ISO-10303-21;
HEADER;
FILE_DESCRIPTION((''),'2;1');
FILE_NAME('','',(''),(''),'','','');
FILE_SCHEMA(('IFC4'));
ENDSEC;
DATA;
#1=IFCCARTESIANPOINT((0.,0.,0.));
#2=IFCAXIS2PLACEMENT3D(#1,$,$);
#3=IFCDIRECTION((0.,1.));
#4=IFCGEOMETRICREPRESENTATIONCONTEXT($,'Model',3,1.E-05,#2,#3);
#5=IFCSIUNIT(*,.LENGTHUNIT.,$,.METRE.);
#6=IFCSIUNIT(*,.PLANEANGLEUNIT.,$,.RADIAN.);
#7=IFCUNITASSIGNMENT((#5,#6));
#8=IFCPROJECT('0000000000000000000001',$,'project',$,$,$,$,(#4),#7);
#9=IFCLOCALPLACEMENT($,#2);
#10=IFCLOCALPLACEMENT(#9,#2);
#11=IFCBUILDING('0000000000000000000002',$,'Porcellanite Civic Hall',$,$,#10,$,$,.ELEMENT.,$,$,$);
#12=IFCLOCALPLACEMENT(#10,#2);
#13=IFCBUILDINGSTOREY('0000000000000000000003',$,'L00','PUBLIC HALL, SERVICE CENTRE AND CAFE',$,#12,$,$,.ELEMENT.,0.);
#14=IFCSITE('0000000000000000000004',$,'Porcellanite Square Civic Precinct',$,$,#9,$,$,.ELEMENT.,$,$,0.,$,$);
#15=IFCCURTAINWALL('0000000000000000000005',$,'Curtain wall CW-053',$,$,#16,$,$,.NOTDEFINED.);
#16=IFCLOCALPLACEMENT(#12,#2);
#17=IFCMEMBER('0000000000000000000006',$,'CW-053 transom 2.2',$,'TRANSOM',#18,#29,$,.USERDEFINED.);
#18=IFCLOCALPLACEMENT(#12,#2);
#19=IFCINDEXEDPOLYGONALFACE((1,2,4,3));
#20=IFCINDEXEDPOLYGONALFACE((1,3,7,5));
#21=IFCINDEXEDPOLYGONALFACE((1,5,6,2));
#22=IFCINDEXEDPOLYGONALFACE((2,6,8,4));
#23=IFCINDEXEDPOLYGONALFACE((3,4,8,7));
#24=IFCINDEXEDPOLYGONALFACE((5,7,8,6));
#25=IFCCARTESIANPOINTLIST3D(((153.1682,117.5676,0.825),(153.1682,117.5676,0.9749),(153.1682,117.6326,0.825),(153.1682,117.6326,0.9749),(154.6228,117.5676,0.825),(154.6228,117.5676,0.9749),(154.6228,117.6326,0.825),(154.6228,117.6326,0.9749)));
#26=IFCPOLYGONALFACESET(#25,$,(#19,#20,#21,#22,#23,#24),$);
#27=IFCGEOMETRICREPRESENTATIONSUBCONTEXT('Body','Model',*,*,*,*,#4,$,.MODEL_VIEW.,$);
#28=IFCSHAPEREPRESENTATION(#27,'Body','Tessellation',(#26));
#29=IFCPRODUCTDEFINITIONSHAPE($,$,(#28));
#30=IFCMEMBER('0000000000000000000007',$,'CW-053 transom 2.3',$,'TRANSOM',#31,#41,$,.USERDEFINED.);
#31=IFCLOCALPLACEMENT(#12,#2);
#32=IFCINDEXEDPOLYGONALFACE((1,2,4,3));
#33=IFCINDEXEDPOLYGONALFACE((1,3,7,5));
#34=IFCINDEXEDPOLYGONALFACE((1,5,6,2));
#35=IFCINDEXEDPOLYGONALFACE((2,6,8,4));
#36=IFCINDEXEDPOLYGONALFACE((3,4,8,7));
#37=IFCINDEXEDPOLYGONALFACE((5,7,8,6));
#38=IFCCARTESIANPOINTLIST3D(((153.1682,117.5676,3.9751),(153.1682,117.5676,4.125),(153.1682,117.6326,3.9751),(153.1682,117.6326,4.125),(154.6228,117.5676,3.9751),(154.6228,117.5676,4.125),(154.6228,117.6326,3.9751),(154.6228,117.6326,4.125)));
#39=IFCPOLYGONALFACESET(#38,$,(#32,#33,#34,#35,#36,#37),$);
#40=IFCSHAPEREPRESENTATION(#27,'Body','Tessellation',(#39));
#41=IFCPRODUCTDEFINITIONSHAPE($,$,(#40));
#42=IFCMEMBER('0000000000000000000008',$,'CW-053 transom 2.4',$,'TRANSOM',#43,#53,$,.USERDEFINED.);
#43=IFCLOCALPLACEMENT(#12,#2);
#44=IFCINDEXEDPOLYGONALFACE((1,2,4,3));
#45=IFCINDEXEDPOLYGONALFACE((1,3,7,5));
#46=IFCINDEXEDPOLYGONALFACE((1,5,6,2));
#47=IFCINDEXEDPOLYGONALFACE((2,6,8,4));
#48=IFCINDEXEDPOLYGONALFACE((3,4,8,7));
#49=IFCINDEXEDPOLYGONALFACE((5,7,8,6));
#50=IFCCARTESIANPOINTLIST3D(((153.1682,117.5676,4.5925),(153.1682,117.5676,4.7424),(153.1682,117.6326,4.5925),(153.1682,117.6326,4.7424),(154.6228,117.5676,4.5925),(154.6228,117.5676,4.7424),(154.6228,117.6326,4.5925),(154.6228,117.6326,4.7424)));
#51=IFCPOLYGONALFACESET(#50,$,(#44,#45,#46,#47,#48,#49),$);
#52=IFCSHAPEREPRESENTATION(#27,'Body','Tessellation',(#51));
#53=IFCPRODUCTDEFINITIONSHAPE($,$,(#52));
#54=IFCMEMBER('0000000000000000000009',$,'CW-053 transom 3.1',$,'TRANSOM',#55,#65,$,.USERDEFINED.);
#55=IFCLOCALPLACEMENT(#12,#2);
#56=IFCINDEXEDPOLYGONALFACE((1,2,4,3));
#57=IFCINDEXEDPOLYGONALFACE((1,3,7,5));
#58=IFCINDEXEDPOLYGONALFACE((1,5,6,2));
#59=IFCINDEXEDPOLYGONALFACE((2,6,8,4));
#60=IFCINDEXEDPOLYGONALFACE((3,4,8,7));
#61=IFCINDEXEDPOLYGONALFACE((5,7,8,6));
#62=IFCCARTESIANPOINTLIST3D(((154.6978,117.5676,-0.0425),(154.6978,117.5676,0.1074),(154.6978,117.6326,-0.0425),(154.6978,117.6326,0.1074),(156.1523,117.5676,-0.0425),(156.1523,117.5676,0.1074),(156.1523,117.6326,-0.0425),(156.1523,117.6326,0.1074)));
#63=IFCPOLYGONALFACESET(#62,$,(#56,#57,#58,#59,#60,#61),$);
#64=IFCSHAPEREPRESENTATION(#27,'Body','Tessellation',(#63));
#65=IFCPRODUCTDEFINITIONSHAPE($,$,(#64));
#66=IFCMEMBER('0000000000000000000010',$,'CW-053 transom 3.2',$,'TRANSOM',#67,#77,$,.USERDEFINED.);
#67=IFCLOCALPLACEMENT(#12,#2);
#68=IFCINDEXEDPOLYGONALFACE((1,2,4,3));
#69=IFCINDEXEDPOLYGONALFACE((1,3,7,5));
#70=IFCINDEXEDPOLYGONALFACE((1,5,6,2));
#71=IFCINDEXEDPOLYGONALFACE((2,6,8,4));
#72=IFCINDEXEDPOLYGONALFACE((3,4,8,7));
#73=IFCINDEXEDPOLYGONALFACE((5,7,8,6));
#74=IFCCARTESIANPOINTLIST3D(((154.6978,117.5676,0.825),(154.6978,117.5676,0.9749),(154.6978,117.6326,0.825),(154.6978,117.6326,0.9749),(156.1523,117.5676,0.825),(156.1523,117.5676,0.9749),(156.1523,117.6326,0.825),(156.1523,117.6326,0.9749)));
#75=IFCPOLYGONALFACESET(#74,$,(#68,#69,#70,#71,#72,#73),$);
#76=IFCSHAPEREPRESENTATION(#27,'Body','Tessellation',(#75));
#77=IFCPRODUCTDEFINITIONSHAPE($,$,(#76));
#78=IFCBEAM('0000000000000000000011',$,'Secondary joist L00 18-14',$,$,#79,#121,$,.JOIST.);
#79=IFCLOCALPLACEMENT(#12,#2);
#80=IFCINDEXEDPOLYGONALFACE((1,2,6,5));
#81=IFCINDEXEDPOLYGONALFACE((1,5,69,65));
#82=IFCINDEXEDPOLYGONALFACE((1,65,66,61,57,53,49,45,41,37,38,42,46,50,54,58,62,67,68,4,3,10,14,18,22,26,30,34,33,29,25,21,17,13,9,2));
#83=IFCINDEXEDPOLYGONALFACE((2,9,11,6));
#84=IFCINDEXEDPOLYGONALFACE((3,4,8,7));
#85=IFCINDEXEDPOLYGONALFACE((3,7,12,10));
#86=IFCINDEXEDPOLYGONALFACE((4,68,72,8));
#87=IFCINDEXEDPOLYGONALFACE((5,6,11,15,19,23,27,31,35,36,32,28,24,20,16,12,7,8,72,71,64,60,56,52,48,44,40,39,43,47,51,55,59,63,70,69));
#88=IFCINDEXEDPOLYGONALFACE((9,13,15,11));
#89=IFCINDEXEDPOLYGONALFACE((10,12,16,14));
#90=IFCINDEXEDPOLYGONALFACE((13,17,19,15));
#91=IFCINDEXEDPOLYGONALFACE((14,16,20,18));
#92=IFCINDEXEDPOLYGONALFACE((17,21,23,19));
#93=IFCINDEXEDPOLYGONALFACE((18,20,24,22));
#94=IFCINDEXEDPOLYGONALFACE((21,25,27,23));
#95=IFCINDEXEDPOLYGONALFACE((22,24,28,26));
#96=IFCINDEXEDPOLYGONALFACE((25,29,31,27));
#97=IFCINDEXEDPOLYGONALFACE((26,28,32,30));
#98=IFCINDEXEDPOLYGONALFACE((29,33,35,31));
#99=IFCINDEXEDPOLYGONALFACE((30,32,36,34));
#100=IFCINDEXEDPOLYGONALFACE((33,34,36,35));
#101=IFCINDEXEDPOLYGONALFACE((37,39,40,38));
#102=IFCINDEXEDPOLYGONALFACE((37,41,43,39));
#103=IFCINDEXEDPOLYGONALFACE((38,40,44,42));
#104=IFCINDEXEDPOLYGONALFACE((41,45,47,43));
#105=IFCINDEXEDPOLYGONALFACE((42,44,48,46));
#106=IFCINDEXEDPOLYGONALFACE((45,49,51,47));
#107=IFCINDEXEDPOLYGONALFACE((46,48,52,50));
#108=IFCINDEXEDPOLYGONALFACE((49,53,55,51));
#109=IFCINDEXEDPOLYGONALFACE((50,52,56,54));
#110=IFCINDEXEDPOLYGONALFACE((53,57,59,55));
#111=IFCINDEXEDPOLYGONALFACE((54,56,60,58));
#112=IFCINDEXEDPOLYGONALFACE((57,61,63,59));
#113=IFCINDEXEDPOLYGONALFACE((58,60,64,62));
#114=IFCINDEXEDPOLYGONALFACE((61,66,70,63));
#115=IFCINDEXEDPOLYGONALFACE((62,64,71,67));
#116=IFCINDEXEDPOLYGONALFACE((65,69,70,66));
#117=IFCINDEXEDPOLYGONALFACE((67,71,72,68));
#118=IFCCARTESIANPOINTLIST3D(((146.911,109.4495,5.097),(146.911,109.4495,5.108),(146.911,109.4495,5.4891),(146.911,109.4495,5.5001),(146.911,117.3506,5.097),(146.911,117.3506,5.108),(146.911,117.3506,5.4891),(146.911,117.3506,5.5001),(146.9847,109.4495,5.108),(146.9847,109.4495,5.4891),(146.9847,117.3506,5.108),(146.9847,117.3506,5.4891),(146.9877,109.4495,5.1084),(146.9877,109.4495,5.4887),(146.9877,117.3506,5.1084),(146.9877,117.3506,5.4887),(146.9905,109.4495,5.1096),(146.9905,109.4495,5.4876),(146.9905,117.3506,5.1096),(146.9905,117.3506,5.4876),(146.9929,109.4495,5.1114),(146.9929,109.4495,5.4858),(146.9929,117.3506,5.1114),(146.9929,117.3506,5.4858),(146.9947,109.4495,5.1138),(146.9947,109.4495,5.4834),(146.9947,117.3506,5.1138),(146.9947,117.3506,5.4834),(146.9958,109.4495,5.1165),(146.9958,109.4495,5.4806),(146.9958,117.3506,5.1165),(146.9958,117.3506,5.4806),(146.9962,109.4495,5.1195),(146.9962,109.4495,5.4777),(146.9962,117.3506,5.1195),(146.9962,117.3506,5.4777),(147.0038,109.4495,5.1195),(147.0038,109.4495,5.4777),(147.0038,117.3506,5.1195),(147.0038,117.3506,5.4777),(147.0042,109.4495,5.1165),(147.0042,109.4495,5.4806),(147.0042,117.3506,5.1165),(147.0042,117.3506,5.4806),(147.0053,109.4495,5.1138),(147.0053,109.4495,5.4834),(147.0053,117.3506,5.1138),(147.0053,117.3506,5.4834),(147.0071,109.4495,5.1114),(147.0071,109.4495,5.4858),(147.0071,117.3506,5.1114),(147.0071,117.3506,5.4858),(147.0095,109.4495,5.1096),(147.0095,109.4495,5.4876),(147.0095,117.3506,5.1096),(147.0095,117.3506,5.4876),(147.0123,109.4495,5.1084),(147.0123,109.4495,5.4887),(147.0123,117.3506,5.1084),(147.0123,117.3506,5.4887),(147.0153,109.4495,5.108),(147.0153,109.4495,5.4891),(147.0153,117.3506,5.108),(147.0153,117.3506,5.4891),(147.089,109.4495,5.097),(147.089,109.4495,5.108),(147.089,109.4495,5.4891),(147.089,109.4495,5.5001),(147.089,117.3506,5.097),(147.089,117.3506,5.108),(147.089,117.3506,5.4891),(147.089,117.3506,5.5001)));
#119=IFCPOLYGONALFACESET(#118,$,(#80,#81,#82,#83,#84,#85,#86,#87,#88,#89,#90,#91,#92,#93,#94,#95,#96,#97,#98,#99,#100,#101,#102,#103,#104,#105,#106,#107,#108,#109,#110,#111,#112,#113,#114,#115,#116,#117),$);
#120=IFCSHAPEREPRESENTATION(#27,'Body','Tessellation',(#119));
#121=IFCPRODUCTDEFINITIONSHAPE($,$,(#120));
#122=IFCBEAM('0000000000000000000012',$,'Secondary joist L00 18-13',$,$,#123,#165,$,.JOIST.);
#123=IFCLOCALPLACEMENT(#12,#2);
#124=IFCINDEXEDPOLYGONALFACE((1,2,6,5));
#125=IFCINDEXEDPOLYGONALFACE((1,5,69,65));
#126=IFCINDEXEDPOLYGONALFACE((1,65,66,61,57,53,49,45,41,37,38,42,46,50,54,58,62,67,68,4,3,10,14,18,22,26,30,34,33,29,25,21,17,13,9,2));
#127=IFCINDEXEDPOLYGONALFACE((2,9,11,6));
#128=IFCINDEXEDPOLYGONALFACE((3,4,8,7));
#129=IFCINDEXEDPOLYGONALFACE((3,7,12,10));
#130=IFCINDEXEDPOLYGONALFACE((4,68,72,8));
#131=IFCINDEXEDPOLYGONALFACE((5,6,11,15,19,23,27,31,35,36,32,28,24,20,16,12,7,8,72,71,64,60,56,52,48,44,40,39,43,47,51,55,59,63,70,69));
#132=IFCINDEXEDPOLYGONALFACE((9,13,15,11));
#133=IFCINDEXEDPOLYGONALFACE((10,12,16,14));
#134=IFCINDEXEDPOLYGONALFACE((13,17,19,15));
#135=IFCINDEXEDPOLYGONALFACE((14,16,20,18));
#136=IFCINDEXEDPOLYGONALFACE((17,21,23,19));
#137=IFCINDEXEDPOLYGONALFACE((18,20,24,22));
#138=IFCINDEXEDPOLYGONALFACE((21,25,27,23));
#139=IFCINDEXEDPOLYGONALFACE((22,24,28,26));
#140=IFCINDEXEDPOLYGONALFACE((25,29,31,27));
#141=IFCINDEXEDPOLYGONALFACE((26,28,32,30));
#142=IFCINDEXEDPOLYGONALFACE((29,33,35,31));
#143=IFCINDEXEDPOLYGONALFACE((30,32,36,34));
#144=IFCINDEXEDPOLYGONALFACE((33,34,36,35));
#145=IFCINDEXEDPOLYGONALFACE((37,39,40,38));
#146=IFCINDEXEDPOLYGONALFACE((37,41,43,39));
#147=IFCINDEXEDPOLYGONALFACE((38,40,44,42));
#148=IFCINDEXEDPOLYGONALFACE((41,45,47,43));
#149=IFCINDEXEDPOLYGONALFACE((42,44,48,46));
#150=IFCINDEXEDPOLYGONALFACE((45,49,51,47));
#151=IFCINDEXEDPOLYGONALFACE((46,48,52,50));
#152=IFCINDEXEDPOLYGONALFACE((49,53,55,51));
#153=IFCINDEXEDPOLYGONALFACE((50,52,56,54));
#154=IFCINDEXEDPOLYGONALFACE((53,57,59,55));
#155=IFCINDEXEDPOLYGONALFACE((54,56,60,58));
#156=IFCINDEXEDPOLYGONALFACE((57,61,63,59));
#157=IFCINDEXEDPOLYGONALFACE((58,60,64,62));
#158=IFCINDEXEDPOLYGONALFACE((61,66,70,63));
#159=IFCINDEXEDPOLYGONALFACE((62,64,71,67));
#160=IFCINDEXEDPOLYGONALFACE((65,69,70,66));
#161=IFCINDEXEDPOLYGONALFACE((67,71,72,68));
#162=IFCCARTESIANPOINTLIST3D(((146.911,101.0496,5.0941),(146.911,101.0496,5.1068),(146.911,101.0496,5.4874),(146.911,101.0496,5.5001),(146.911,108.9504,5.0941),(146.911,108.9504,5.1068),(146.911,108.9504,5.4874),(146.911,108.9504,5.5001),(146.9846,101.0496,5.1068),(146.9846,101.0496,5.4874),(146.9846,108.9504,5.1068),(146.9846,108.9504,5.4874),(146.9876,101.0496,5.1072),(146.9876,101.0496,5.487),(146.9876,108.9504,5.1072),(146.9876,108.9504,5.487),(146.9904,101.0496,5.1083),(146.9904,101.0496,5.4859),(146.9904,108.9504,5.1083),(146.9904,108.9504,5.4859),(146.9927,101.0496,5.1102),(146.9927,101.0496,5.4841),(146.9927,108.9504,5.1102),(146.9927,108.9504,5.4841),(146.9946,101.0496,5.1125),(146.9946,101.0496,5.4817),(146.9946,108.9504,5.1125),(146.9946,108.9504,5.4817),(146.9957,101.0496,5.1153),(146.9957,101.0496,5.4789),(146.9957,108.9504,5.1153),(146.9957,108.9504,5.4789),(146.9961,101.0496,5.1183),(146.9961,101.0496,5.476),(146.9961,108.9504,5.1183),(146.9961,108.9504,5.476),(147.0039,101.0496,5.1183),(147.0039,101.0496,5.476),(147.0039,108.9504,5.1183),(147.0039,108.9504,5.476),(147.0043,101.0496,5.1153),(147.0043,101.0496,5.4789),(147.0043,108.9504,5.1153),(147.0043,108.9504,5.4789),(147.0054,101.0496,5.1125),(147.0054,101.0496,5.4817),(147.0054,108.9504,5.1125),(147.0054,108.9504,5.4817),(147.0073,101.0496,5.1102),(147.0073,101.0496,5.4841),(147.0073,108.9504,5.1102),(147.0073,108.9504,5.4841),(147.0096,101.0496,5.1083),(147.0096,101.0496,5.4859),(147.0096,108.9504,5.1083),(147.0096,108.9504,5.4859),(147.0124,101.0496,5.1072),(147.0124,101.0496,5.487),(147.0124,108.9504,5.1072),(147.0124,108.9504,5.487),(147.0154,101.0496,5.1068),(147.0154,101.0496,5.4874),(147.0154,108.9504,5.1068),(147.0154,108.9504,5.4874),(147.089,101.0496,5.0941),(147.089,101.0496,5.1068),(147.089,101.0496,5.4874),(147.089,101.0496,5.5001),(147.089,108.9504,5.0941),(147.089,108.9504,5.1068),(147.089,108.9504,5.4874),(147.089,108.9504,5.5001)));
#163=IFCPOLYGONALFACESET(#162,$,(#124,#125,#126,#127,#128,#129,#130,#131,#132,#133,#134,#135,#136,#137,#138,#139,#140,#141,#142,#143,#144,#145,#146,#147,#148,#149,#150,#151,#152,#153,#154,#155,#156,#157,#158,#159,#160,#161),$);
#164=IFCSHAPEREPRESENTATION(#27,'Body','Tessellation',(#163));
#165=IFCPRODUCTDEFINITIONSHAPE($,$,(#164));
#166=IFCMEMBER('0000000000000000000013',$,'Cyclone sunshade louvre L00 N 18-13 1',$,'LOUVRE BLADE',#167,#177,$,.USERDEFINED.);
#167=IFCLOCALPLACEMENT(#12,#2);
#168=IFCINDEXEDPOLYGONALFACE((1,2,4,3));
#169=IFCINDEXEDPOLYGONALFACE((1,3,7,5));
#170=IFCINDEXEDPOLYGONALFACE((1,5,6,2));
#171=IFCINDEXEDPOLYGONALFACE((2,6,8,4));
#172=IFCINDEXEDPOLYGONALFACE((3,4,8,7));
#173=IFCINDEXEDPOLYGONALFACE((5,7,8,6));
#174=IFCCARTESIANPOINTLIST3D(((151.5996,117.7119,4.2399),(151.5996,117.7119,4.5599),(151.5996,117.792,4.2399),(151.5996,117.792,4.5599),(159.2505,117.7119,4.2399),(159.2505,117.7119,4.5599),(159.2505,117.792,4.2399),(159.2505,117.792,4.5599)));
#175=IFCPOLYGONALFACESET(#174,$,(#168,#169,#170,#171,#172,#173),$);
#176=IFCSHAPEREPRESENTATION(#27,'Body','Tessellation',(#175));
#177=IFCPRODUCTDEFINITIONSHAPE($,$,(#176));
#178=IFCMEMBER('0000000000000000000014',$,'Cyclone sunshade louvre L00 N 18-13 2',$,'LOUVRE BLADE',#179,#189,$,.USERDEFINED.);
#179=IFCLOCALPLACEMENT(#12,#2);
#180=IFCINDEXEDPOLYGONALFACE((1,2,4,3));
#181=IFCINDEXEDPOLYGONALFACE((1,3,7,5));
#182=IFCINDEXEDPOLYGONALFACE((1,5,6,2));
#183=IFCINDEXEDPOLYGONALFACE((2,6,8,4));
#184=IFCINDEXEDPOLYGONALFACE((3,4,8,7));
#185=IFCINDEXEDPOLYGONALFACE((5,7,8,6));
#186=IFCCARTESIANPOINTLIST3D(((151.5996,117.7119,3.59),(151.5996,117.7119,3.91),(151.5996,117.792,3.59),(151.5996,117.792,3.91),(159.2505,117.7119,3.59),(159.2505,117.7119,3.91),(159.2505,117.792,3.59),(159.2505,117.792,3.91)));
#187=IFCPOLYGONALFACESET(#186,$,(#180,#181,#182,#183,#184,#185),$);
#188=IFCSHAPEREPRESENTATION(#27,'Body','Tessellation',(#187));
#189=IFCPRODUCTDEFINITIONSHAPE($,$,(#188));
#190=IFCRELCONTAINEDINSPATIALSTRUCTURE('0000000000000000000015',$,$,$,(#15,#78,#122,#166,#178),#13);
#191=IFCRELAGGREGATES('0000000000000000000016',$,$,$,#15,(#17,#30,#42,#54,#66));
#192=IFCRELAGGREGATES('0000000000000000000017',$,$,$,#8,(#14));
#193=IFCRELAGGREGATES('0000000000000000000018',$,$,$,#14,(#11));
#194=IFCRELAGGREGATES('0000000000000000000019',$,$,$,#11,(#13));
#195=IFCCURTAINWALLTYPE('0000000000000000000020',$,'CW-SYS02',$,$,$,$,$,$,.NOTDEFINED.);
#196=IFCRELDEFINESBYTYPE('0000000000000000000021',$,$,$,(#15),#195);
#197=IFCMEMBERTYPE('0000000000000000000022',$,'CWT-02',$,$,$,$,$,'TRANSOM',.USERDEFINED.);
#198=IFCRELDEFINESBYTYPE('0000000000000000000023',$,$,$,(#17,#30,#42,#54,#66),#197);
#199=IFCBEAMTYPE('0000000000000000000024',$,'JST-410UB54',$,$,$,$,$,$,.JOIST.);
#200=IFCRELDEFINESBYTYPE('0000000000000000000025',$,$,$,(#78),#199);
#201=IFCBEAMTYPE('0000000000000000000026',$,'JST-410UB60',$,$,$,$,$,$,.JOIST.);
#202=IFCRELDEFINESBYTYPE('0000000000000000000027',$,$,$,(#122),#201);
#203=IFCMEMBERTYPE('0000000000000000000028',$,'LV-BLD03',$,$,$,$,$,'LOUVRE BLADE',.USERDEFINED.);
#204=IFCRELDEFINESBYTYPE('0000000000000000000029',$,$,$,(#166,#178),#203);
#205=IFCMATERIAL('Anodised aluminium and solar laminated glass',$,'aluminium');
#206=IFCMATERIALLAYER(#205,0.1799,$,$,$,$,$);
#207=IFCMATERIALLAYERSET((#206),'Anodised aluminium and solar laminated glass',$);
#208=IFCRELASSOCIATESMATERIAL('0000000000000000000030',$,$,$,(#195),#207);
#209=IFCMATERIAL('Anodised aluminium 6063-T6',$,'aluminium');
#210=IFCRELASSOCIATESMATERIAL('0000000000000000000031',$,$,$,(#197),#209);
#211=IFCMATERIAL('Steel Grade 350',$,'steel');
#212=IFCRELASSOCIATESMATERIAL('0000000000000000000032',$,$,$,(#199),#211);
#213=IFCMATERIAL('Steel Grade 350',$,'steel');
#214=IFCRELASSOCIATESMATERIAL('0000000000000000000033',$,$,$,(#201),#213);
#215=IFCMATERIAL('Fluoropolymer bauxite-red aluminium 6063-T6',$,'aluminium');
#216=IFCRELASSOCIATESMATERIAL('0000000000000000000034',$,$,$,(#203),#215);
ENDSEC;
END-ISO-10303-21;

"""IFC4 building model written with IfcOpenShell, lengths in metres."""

from ifc_helpers import new_model, si_unit, direction, frame, origin, origin_2d, place, context, subcontext, project, spatial, rectangle, i_section, extrude, material, layer, layer_set, material_profile, profile_set, type_object, element, aggregate, save


model = new_model("IFC4")

# Units and contexts
model_context = context("Model", 3, precision=1e-05, world=origin(), true_north=direction((0.0, 1.0)))
body_context = subcontext(model_context, "Body", "Model", "MODEL_VIEW")
ifc_project = project(units=[si_unit("LENGTHUNIT", "METRE"), si_unit("PLANEANGLEUNIT", "RADIAN")], contexts=[model_context])

# Site, building, storey
site_placement = place(None, origin())
site = spatial("IfcSite", under=ifc_project, at=site_placement, Name="Porcellanite Square Civic Precinct", CompositionType="ELEMENT", RefElevation=0.0)
building_placement = place(site_placement, origin())
building = spatial("IfcBuilding", under=site, at=building_placement, Name="Porcellanite Civic Hall", CompositionType="ELEMENT")
storey_placement = place(building_placement, origin())
storey = spatial("IfcBuildingStorey", under=building, at=storey_placement, Name="L00", Description="PUBLIC HALL, SERVICE CENTRE AND CAFE", CompositionType="ELEMENT", Elevation=0.0)

# Curtain wall, members
ifc_material_1 = material(Name="Anodised aluminium and solar laminated glass", Category="aluminium")
ifc_layer_1 = layer(ifc_material_1, 0.1799)
ifc_layer_set_1 = layer_set([ifc_layer_1], Name="Anodised aluminium and solar laminated glass")
curtain_wall_type = type_object("IfcCurtainWallType", Name="CW-SYS02", PredefinedType="NOTDEFINED", material=ifc_layer_set_1)
curtain_wall_placement = place(storey_placement, origin())
curtain_wall = element("IfcCurtainWall", 1, at=curtain_wall_placement, inside=storey, type_object=curtain_wall_type, Name="Curtain wall CW-053", PredefinedType="NOTDEFINED")
ifc_material_2 = material(Name="Anodised aluminium 6063-T6", Category="aluminium")
ifc_material_profile_1 = material_profile(ifc_material_2, rectangle(XDim=0.0649, YDim=0.1499, at=origin_2d()), Name="AL-65x150")
ifc_profile_set_1 = profile_set([ifc_material_profile_1], Name="Anodised aluminium 6063-T6")
member_type_1 = type_object("IfcMemberType", Name="CWT-02", ElementType="TRANSOM", PredefinedType="USERDEFINED", material=ifc_profile_set_1)
member_1_placement = place(storey_placement, frame((153.1682, 117.6001, 0.8999), z_axis=(1.0, 0.0, 0.0), x_axis=(0.0, 1.0, 0.0)))
member_1 = element("IfcMember", 2, at=member_1_placement, type_object=member_type_1, Name="CW-053 transom 2.2", ObjectType="TRANSOM", PredefinedType="USERDEFINED", context=body_context, shape_type="SweptSolid", body=[
    extrude(rectangle(XDim=0.0649, YDim=0.1499, at=origin_2d()), origin(), (0.0, 0.0, 1.0), 1.4546),
])
member_2_placement = place(storey_placement, frame((153.1682, 117.6001, 4.05), z_axis=(1.0, 0.0, 0.0), x_axis=(0.0, 1.0, 0.0)))
member_2 = element("IfcMember", 3, at=member_2_placement, type_object=member_type_1, Name="CW-053 transom 2.3", ObjectType="TRANSOM", PredefinedType="USERDEFINED", context=body_context, shape_type="SweptSolid", body=[
    extrude(rectangle(XDim=0.0649, YDim=0.1499, at=origin_2d()), origin(), (0.0, 0.0, 1.0), 1.4546),
])
member_3_placement = place(storey_placement, frame((153.1682, 117.6001, 4.6675), z_axis=(1.0, 0.0, 0.0), x_axis=(0.0, 1.0, 0.0)))
member_3 = element("IfcMember", 4, at=member_3_placement, type_object=member_type_1, Name="CW-053 transom 2.4", ObjectType="TRANSOM", PredefinedType="USERDEFINED", context=body_context, shape_type="SweptSolid", body=[
    extrude(rectangle(XDim=0.0649, YDim=0.1499, at=origin_2d()), origin(), (0.0, 0.0, 1.0), 1.4546),
])
member_4_placement = place(storey_placement, frame((154.6978, 117.6001, 0.0325), z_axis=(1.0, 0.0, 0.0), x_axis=(0.0, 1.0, 0.0)))
member_4 = element("IfcMember", 5, at=member_4_placement, type_object=member_type_1, Name="CW-053 transom 3.1", ObjectType="TRANSOM", PredefinedType="USERDEFINED", context=body_context, shape_type="SweptSolid", body=[
    extrude(rectangle(XDim=0.0649, YDim=0.1499, at=origin_2d()), origin(), (0.0, 0.0, 1.0), 1.4546),
])
member_5_placement = place(storey_placement, frame((154.6978, 117.6001, 0.8999), z_axis=(1.0, 0.0, 0.0), x_axis=(0.0, 1.0, 0.0)))
member_5 = element("IfcMember", 6, at=member_5_placement, type_object=member_type_1, Name="CW-053 transom 3.2", ObjectType="TRANSOM", PredefinedType="USERDEFINED", context=body_context, shape_type="SweptSolid", body=[
    extrude(rectangle(XDim=0.0649, YDim=0.1499, at=origin_2d()), origin(), (0.0, 0.0, 1.0), 1.4546),
])

# Beams
ifc_material_3 = material(Name="Steel Grade 350", Category="steel")
ifc_material_profile_2 = material_profile(ifc_material_3, i_section(OverallWidth=0.178, OverallDepth=0.4031, WebThickness=0.0076, FlangeThickness=0.011, FilletRadius=0.0115, at=origin_2d()), Name="410UB53.7")
ifc_profile_set_2 = profile_set([ifc_material_profile_2], Name="Steel Grade 350")
beam_type_1 = type_object("IfcBeamType", Name="JST-410UB54", PredefinedType="JOIST", material=ifc_profile_set_2)
beam_1_placement = place(storey_placement, frame((147.0, 109.4495, 5.2986), z_axis=(0.0, 1.0, 0.0), x_axis=(-1.0, 0.0, 0.0)))
element("IfcBeam", 7, at=beam_1_placement, inside=storey, type_object=beam_type_1, Name="Secondary joist L00 18-14", PredefinedType="JOIST", context=body_context, shape_type="SweptSolid", body=[
    extrude(i_section(OverallWidth=0.178, OverallDepth=0.4031, WebThickness=0.0076, FlangeThickness=0.011, FilletRadius=0.0115, at=origin_2d()), origin(), (0.0, 0.0, 1.0), 7.9011),
])
ifc_material_4 = material(Name="Steel Grade 350", Category="steel")
ifc_material_profile_3 = material_profile(ifc_material_4, i_section(OverallWidth=0.178, OverallDepth=0.406, WebThickness=0.0078, FlangeThickness=0.0127, FilletRadius=0.0115, at=origin_2d()), Name="410UB59.7")
ifc_profile_set_3 = profile_set([ifc_material_profile_3], Name="Steel Grade 350")
beam_type_2 = type_object("IfcBeamType", Name="JST-410UB60", PredefinedType="JOIST", material=ifc_profile_set_3)
beam_2_placement = place(storey_placement, frame((147.0, 101.0496, 5.2971), z_axis=(0.0, 1.0, 0.0), x_axis=(-1.0, 0.0, 0.0)))
element("IfcBeam", 8, at=beam_2_placement, inside=storey, type_object=beam_type_2, Name="Secondary joist L00 18-13", PredefinedType="JOIST", context=body_context, shape_type="SweptSolid", body=[
    extrude(i_section(OverallWidth=0.178, OverallDepth=0.406, WebThickness=0.0078, FlangeThickness=0.0127, FilletRadius=0.0115, at=origin_2d()), origin(), (0.0, 0.0, 1.0), 7.9009),
])

# Members
ifc_material_5 = material(Name="Fluoropolymer bauxite-red aluminium 6063-T6", Category="aluminium")
ifc_material_profile_4 = material_profile(ifc_material_5, rectangle(XDim=0.0801, YDim=0.3201, at=origin_2d()), Name="AL-80x320")
ifc_profile_set_4 = profile_set([ifc_material_profile_4], Name="Fluoropolymer bauxite-red aluminium 6063-T6")
member_type_2 = type_object("IfcMemberType", Name="LV-BLD03", ElementType="LOUVRE BLADE", PredefinedType="USERDEFINED", material=ifc_profile_set_4)
for number, where, z_axis, x_axis, name in (
    (9, (151.5996, 117.752, 4.3999), (1.0, 0.0, 0.0), (0.0, 1.0, 0.0), "Cyclone sunshade louvre L00 N 18-13 1"),
    (10, (151.5996, 117.752, 3.75), (1.0, 0.0, 0.0), (0.0, 1.0, 0.0), "Cyclone sunshade louvre L00 N 18-13 2"),
):
    element("IfcMember", number, at=place(storey_placement, frame(where, z_axis=z_axis, x_axis=x_axis)), inside=storey, type_object=member_type_2, Name=name, ObjectType="LOUVRE BLADE", PredefinedType="USERDEFINED", context=body_context, shape_type="SweptSolid", body=[
        extrude(rectangle(XDim=0.0801, YDim=0.3201, at=origin_2d()), origin(), (0.0, 0.0, 1.0), 7.6509),
    ])

aggregate(curtain_wall, [member_1, member_2, member_3, member_4, member_5])

save(model, "model.ifc")
